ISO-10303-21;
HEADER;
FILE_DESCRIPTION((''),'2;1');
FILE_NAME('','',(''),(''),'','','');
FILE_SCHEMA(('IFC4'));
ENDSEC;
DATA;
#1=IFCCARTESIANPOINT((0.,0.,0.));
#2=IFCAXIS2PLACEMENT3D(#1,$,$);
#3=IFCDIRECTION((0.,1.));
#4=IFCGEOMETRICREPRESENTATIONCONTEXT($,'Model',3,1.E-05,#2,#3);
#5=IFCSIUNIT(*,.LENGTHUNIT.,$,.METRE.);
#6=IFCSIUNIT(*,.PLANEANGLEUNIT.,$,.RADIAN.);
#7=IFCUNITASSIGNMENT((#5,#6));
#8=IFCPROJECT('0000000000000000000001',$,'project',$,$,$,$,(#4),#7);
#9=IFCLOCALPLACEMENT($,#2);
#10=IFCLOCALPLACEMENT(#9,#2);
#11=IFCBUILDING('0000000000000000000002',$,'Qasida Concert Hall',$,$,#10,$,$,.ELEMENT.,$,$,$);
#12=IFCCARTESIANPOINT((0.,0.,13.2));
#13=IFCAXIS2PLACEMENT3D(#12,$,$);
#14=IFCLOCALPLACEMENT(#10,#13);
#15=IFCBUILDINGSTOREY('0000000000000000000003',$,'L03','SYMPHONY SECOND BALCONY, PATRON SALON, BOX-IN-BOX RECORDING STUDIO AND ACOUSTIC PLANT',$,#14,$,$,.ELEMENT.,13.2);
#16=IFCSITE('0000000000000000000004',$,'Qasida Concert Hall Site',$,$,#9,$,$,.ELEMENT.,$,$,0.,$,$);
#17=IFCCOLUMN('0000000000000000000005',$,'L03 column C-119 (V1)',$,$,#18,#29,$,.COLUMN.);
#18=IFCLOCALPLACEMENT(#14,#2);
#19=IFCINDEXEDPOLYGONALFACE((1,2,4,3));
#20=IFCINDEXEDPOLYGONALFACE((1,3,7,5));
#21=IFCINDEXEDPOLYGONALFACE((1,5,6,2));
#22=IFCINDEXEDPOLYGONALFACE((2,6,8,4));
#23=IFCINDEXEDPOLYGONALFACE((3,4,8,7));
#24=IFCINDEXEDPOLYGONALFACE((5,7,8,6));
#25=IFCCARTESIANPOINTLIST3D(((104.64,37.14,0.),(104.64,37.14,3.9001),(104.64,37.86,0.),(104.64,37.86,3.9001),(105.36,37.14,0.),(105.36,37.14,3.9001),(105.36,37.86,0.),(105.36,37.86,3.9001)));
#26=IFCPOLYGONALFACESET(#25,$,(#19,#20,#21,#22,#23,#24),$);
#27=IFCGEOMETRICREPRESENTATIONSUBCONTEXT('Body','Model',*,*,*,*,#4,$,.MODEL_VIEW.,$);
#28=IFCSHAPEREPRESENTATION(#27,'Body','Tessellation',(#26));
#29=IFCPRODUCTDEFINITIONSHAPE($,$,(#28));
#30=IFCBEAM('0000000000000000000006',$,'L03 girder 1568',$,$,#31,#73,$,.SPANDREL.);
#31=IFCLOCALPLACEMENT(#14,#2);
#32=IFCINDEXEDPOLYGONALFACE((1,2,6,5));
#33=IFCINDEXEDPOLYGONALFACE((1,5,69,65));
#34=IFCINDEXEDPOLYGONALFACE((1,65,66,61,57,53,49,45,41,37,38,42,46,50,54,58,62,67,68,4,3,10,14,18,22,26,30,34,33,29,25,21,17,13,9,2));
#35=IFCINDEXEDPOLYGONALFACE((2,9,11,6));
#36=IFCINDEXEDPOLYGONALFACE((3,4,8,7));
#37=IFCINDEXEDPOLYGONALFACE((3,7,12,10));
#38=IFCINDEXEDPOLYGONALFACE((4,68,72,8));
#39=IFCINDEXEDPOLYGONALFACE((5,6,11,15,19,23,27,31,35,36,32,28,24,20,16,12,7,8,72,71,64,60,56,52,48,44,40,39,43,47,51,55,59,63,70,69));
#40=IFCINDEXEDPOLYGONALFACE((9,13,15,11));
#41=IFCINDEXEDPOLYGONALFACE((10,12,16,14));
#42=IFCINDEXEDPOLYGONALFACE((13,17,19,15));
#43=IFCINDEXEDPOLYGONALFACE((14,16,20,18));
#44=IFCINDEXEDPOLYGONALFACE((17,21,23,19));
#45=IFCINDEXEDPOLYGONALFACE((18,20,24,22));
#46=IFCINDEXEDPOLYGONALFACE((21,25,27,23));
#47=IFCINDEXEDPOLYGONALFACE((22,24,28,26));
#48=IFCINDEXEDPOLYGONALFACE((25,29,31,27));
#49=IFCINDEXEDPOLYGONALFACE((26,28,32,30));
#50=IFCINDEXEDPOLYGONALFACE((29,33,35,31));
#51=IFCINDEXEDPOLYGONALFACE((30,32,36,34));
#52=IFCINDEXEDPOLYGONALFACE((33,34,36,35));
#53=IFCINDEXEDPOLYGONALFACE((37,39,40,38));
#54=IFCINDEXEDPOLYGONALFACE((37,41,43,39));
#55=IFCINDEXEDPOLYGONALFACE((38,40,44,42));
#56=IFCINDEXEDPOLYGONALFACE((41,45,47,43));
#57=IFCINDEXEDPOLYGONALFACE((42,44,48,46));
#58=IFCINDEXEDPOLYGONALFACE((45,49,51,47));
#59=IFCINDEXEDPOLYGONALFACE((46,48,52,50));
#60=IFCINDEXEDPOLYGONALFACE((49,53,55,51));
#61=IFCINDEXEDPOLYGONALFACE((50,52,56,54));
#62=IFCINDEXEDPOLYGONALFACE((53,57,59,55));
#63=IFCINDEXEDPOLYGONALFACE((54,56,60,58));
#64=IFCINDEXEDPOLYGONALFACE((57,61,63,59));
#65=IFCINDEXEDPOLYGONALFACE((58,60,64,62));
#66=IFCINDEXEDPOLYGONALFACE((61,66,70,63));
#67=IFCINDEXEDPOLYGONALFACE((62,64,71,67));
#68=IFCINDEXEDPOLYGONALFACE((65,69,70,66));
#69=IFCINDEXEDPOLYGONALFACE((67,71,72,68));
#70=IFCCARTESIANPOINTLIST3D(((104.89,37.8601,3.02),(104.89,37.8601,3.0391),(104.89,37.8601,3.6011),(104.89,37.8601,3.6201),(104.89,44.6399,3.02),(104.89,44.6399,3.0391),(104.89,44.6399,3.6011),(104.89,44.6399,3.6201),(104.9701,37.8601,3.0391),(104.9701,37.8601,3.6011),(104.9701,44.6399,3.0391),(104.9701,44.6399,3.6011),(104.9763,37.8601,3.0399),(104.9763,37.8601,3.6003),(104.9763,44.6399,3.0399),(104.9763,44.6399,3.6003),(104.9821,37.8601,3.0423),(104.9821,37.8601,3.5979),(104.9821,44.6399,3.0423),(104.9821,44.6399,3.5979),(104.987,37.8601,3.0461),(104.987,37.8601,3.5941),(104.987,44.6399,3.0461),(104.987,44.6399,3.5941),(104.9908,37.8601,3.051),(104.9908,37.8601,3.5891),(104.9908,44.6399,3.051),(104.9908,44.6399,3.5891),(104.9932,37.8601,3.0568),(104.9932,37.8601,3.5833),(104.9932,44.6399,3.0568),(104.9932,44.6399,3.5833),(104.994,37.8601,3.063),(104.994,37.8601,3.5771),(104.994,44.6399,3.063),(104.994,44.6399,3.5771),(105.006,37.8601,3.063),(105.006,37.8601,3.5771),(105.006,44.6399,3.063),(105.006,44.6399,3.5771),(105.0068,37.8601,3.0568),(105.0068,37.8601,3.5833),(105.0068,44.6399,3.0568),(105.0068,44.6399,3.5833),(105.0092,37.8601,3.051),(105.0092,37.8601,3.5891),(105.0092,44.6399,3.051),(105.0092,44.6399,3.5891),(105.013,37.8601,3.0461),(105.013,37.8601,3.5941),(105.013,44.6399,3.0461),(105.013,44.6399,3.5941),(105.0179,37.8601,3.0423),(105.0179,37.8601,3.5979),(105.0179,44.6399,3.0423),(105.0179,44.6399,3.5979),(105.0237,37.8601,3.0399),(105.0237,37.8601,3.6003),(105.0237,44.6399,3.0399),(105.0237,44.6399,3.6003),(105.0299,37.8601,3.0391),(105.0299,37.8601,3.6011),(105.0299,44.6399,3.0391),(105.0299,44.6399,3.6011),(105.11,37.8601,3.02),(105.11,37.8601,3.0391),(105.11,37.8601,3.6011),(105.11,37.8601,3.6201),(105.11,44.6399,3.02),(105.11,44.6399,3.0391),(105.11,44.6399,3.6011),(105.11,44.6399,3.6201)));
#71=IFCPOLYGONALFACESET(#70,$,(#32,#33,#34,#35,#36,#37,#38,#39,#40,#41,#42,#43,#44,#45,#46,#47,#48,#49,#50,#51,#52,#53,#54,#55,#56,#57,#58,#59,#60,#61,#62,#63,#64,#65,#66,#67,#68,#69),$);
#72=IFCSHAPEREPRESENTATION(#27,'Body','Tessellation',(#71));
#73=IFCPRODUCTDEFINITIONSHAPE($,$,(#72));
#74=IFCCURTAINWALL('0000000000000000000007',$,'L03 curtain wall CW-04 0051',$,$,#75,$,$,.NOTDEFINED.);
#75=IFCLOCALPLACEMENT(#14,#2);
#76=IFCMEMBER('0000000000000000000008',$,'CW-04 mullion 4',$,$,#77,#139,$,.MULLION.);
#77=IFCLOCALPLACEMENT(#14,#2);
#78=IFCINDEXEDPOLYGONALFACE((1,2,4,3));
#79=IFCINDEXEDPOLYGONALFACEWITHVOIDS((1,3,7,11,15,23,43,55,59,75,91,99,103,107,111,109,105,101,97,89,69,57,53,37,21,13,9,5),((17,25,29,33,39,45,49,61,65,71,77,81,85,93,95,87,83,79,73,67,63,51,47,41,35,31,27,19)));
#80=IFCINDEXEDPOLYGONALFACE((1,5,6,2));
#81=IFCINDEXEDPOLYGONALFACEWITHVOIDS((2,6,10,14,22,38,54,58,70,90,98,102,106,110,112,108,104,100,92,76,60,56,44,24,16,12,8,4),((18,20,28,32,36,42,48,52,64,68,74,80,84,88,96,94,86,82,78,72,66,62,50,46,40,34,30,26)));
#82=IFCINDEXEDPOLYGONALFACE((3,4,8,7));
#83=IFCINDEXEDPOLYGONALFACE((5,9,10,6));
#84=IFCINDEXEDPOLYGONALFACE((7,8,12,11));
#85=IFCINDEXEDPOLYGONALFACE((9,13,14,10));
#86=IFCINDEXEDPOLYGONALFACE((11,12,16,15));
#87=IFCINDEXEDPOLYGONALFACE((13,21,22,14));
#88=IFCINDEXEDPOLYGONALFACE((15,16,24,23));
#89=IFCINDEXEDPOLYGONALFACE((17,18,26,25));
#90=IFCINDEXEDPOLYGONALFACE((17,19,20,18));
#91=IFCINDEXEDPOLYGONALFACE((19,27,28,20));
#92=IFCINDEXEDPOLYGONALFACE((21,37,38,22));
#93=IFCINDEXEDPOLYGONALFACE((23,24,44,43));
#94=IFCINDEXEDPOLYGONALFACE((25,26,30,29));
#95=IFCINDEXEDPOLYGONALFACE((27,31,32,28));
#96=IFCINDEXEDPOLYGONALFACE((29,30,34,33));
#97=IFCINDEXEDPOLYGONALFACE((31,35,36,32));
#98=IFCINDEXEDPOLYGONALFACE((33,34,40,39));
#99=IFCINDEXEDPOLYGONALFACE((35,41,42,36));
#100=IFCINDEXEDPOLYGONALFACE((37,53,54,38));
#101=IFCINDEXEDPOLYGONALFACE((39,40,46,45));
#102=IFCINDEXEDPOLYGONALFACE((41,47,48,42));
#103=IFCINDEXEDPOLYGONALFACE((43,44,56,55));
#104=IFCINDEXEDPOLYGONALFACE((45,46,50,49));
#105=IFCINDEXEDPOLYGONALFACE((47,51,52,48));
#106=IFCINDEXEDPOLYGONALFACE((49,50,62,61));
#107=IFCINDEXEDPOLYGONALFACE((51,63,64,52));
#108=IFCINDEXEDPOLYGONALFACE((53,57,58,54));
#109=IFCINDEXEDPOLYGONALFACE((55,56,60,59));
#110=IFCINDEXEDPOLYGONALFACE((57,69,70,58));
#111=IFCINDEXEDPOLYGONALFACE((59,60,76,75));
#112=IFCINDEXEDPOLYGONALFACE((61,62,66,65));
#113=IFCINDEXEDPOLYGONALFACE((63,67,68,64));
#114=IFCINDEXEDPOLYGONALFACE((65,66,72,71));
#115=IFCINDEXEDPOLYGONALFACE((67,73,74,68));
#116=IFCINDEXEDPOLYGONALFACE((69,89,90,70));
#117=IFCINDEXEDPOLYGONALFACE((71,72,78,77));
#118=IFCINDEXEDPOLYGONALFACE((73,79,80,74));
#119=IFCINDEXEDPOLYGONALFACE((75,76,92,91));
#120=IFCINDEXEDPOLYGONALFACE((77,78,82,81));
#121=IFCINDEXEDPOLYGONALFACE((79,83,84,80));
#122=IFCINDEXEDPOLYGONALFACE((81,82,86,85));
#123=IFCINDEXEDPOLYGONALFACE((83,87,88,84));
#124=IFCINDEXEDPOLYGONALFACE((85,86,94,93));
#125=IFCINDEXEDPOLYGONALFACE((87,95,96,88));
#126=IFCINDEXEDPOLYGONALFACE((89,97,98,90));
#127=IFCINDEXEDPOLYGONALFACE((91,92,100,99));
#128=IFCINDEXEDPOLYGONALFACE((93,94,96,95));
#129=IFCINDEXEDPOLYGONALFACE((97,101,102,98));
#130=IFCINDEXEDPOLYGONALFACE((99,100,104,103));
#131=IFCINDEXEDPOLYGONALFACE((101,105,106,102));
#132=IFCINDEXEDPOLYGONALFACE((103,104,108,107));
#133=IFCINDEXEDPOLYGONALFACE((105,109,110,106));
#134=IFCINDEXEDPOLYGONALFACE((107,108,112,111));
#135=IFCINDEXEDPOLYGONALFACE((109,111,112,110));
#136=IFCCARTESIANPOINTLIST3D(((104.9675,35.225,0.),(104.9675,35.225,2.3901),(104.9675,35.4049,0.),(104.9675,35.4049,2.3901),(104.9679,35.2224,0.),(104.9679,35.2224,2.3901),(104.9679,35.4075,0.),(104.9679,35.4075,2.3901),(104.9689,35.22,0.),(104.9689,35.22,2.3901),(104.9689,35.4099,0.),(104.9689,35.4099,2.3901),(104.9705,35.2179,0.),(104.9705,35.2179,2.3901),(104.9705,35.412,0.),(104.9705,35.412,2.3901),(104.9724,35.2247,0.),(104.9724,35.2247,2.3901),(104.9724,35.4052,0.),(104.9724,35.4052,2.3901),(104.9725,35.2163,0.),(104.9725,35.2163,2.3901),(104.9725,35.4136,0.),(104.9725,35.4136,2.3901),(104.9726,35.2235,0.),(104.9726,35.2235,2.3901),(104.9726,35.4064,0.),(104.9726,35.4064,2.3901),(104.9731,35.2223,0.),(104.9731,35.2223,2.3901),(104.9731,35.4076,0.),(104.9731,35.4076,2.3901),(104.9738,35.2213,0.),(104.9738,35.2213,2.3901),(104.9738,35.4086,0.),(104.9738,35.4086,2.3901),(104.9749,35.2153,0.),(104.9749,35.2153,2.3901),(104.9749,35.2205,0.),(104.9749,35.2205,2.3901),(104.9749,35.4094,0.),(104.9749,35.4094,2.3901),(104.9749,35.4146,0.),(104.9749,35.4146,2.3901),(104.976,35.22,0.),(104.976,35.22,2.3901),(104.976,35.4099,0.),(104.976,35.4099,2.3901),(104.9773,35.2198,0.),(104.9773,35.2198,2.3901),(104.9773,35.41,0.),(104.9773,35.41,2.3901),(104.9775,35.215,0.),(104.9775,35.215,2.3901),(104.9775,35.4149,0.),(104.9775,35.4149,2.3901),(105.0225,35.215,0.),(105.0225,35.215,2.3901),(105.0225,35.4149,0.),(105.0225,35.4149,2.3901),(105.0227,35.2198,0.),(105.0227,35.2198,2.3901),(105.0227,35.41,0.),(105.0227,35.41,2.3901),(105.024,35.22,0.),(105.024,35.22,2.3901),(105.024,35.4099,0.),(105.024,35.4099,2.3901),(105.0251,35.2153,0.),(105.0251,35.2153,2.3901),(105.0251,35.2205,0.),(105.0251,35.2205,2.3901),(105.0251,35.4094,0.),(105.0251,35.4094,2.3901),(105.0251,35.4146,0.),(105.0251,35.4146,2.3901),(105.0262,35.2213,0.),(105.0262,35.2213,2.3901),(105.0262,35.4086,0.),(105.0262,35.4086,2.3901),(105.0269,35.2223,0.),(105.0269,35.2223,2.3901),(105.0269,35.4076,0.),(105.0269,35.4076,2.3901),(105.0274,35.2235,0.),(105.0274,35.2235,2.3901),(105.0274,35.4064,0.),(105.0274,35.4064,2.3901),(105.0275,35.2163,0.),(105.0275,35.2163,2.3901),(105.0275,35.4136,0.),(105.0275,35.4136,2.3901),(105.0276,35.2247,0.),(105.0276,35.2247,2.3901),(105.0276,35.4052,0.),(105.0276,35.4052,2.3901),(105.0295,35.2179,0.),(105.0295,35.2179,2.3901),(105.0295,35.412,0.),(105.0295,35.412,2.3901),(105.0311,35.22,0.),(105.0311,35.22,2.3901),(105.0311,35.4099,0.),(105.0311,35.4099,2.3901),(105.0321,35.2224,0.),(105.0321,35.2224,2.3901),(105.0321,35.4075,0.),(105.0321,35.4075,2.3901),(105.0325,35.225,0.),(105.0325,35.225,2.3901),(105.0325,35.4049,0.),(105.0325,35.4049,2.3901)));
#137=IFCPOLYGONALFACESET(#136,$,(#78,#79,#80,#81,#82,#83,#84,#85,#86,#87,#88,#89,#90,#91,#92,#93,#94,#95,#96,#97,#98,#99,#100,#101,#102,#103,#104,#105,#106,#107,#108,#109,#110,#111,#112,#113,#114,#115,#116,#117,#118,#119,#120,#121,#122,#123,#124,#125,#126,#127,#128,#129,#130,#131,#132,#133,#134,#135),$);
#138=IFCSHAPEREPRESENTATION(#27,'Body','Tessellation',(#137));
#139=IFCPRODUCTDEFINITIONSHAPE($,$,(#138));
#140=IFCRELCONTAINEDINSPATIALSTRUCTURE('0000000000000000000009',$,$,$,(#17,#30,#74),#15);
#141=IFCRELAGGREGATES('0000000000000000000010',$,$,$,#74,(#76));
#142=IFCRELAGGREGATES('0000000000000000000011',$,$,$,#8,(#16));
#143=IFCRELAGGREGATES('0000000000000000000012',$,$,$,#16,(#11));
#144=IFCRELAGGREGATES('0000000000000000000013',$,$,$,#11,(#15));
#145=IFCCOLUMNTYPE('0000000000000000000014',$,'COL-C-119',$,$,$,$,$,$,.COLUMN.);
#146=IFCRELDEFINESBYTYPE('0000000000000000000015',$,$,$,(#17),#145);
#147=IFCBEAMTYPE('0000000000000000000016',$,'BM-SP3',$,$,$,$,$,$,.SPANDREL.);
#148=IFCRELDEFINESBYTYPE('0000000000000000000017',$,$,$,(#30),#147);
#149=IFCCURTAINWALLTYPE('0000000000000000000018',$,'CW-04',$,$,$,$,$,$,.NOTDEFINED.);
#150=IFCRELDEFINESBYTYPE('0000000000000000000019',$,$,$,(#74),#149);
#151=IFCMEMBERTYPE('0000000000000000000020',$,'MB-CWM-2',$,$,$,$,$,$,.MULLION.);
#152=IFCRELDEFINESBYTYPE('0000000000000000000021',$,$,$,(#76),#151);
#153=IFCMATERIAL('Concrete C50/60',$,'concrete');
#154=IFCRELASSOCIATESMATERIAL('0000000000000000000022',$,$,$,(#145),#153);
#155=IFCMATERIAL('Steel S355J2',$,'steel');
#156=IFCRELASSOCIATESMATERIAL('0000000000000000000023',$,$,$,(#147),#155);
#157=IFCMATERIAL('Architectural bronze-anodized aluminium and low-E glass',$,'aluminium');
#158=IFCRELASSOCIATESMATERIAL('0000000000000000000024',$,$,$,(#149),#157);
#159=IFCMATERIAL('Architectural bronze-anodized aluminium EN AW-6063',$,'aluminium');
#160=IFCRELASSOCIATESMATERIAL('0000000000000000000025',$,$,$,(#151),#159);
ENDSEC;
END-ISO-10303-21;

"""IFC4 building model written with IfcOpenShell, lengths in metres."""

from ifc_helpers import new_model, si_unit, direction, frame, origin, origin_2d, place, context, subcontext, project, spatial, rectangle, hollow_rectangle, i_section, extrude, material, material_profile, profile_set, type_object, element, aggregate, save


model = new_model("IFC4")

# Units and contexts
model_context = context("Model", 3, precision=1e-05, world=origin(), true_north=direction((0.0, 1.0)))
body_context = subcontext(model_context, "Body", "Model", "MODEL_VIEW")
ifc_project = project(units=[si_unit("LENGTHUNIT", "METRE"), si_unit("PLANEANGLEUNIT", "RADIAN")], contexts=[model_context])

# Site, building, storey
site_placement = place(None, origin())
site = spatial("IfcSite", under=ifc_project, at=site_placement, Name="Qasida Concert Hall Site", CompositionType="ELEMENT", RefElevation=0.0)
building_placement = place(site_placement, origin())
building = spatial("IfcBuilding", under=site, at=building_placement, Name="Qasida Concert Hall", CompositionType="ELEMENT")
storey_placement = place(building_placement, frame((0.0, 0.0, 13.2)))
storey = spatial("IfcBuildingStorey", under=building, at=storey_placement, Name="L03", Description="SYMPHONY SECOND BALCONY, PATRON SALON, BOX-IN-BOX RECORDING STUDIO AND ACOUSTIC PLANT", CompositionType="ELEMENT", Elevation=13.2)

# Column
ifc_material_1 = material(Name="Concrete C50/60", Category="concrete")
ifc_material_profile_1 = material_profile(ifc_material_1, rectangle(XDim=0.72, YDim=0.72, at=origin_2d()), Name="RC 720x720")
ifc_profile_set_1 = profile_set([ifc_material_profile_1], Name="Concrete C50/60")
column_type = type_object("IfcColumnType", Name="COL-C-119", PredefinedType="COLUMN", material=ifc_profile_set_1)
column_placement = place(storey_placement, frame((105.0, 37.5, 0.0), z_axis=(0.0, 0.0, 1.0), x_axis=(1.0, 0.0, 0.0)))
element("IfcColumn", 1, at=column_placement, inside=storey, type_object=column_type, Name="L03 column C-119 (V1)", PredefinedType="COLUMN", context=body_context, shape_type="SweptSolid", body=[
    extrude(rectangle(XDim=0.72, YDim=0.72, at=origin_2d()), origin(), (0.0, 0.0, 1.0), 3.9001),
])

# Beam
ifc_material_2 = material(Name="Steel S355J2", Category="steel")
ifc_material_profile_2 = material_profile(ifc_material_2, i_section(OverallWidth=0.22, OverallDepth=0.6001, WebThickness=0.012, FlangeThickness=0.019, FilletRadius=0.0239, at=origin_2d()), Name="IPE 600")
ifc_profile_set_2 = profile_set([ifc_material_profile_2], Name="Steel S355J2")
beam_type = type_object("IfcBeamType", Name="BM-SP3", PredefinedType="SPANDREL", material=ifc_profile_set_2)
beam_placement = place(storey_placement, frame((105.0, 37.8601, 3.3201), z_axis=(0.0, 1.0, 0.0), x_axis=(-1.0, 0.0, 0.0)))
element("IfcBeam", 2, at=beam_placement, inside=storey, type_object=beam_type, Name="L03 girder 1568", PredefinedType="SPANDREL", context=body_context, shape_type="SweptSolid", body=[
    extrude(i_section(OverallWidth=0.22, OverallDepth=0.6001, WebThickness=0.012, FlangeThickness=0.019, FilletRadius=0.0239, at=origin_2d()), origin(), (0.0, 0.0, 1.0), 6.7798),
])

# Curtain wall, member
ifc_material_3 = material(Name="Architectural bronze-anodized aluminium and low-E glass", Category="aluminium")
curtain_wall_type = type_object("IfcCurtainWallType", Name="CW-04", PredefinedType="NOTDEFINED", material=ifc_material_3)
curtain_wall_1_placement = place(storey_placement, origin())
curtain_wall_1 = element("IfcCurtainWall", 3, at=curtain_wall_1_placement, inside=storey, type_object=curtain_wall_type, Name="L03 curtain wall CW-04 0051", PredefinedType="NOTDEFINED")
ifc_material_4 = material(Name="Architectural bronze-anodized aluminium EN AW-6063", Category="aluminium")
ifc_material_profile_3 = material_profile(ifc_material_4, hollow_rectangle(XDim=0.0649, YDim=0.2, WallThickness=0.0049, InnerFilletRadius=0.0049, OuterFilletRadius=0.01, at=origin_2d()), Name="CWM 200x65x5")
ifc_profile_set_3 = profile_set([ifc_material_profile_3], Name="Architectural bronze-anodized aluminium EN AW-6063")
member_type_1 = type_object("IfcMemberType", Name="MB-CWM-2", PredefinedType="MULLION", material=ifc_profile_set_3)
member_1_placement = place(storey_placement, frame((105.0, 35.3149, 0.0), z_axis=(0.0, 0.0, 1.0), x_axis=(-1.0, 0.0, 0.0)))
member_1 = element("IfcMember", 4, at=member_1_placement, type_object=member_type_1, Name="CW-04 mullion 4", PredefinedType="MULLION", context=body_context, shape_type="SweptSolid", body=[
    extrude(hollow_rectangle(XDim=0.0649, YDim=0.2, WallThickness=0.0049, InnerFilletRadius=0.0049, OuterFilletRadius=0.01, at=origin_2d()), origin(), (0.0, 0.0, 1.0), 2.3901),
])

aggregate(curtain_wall_1, [member_1])

save(model, "model.ifc")
